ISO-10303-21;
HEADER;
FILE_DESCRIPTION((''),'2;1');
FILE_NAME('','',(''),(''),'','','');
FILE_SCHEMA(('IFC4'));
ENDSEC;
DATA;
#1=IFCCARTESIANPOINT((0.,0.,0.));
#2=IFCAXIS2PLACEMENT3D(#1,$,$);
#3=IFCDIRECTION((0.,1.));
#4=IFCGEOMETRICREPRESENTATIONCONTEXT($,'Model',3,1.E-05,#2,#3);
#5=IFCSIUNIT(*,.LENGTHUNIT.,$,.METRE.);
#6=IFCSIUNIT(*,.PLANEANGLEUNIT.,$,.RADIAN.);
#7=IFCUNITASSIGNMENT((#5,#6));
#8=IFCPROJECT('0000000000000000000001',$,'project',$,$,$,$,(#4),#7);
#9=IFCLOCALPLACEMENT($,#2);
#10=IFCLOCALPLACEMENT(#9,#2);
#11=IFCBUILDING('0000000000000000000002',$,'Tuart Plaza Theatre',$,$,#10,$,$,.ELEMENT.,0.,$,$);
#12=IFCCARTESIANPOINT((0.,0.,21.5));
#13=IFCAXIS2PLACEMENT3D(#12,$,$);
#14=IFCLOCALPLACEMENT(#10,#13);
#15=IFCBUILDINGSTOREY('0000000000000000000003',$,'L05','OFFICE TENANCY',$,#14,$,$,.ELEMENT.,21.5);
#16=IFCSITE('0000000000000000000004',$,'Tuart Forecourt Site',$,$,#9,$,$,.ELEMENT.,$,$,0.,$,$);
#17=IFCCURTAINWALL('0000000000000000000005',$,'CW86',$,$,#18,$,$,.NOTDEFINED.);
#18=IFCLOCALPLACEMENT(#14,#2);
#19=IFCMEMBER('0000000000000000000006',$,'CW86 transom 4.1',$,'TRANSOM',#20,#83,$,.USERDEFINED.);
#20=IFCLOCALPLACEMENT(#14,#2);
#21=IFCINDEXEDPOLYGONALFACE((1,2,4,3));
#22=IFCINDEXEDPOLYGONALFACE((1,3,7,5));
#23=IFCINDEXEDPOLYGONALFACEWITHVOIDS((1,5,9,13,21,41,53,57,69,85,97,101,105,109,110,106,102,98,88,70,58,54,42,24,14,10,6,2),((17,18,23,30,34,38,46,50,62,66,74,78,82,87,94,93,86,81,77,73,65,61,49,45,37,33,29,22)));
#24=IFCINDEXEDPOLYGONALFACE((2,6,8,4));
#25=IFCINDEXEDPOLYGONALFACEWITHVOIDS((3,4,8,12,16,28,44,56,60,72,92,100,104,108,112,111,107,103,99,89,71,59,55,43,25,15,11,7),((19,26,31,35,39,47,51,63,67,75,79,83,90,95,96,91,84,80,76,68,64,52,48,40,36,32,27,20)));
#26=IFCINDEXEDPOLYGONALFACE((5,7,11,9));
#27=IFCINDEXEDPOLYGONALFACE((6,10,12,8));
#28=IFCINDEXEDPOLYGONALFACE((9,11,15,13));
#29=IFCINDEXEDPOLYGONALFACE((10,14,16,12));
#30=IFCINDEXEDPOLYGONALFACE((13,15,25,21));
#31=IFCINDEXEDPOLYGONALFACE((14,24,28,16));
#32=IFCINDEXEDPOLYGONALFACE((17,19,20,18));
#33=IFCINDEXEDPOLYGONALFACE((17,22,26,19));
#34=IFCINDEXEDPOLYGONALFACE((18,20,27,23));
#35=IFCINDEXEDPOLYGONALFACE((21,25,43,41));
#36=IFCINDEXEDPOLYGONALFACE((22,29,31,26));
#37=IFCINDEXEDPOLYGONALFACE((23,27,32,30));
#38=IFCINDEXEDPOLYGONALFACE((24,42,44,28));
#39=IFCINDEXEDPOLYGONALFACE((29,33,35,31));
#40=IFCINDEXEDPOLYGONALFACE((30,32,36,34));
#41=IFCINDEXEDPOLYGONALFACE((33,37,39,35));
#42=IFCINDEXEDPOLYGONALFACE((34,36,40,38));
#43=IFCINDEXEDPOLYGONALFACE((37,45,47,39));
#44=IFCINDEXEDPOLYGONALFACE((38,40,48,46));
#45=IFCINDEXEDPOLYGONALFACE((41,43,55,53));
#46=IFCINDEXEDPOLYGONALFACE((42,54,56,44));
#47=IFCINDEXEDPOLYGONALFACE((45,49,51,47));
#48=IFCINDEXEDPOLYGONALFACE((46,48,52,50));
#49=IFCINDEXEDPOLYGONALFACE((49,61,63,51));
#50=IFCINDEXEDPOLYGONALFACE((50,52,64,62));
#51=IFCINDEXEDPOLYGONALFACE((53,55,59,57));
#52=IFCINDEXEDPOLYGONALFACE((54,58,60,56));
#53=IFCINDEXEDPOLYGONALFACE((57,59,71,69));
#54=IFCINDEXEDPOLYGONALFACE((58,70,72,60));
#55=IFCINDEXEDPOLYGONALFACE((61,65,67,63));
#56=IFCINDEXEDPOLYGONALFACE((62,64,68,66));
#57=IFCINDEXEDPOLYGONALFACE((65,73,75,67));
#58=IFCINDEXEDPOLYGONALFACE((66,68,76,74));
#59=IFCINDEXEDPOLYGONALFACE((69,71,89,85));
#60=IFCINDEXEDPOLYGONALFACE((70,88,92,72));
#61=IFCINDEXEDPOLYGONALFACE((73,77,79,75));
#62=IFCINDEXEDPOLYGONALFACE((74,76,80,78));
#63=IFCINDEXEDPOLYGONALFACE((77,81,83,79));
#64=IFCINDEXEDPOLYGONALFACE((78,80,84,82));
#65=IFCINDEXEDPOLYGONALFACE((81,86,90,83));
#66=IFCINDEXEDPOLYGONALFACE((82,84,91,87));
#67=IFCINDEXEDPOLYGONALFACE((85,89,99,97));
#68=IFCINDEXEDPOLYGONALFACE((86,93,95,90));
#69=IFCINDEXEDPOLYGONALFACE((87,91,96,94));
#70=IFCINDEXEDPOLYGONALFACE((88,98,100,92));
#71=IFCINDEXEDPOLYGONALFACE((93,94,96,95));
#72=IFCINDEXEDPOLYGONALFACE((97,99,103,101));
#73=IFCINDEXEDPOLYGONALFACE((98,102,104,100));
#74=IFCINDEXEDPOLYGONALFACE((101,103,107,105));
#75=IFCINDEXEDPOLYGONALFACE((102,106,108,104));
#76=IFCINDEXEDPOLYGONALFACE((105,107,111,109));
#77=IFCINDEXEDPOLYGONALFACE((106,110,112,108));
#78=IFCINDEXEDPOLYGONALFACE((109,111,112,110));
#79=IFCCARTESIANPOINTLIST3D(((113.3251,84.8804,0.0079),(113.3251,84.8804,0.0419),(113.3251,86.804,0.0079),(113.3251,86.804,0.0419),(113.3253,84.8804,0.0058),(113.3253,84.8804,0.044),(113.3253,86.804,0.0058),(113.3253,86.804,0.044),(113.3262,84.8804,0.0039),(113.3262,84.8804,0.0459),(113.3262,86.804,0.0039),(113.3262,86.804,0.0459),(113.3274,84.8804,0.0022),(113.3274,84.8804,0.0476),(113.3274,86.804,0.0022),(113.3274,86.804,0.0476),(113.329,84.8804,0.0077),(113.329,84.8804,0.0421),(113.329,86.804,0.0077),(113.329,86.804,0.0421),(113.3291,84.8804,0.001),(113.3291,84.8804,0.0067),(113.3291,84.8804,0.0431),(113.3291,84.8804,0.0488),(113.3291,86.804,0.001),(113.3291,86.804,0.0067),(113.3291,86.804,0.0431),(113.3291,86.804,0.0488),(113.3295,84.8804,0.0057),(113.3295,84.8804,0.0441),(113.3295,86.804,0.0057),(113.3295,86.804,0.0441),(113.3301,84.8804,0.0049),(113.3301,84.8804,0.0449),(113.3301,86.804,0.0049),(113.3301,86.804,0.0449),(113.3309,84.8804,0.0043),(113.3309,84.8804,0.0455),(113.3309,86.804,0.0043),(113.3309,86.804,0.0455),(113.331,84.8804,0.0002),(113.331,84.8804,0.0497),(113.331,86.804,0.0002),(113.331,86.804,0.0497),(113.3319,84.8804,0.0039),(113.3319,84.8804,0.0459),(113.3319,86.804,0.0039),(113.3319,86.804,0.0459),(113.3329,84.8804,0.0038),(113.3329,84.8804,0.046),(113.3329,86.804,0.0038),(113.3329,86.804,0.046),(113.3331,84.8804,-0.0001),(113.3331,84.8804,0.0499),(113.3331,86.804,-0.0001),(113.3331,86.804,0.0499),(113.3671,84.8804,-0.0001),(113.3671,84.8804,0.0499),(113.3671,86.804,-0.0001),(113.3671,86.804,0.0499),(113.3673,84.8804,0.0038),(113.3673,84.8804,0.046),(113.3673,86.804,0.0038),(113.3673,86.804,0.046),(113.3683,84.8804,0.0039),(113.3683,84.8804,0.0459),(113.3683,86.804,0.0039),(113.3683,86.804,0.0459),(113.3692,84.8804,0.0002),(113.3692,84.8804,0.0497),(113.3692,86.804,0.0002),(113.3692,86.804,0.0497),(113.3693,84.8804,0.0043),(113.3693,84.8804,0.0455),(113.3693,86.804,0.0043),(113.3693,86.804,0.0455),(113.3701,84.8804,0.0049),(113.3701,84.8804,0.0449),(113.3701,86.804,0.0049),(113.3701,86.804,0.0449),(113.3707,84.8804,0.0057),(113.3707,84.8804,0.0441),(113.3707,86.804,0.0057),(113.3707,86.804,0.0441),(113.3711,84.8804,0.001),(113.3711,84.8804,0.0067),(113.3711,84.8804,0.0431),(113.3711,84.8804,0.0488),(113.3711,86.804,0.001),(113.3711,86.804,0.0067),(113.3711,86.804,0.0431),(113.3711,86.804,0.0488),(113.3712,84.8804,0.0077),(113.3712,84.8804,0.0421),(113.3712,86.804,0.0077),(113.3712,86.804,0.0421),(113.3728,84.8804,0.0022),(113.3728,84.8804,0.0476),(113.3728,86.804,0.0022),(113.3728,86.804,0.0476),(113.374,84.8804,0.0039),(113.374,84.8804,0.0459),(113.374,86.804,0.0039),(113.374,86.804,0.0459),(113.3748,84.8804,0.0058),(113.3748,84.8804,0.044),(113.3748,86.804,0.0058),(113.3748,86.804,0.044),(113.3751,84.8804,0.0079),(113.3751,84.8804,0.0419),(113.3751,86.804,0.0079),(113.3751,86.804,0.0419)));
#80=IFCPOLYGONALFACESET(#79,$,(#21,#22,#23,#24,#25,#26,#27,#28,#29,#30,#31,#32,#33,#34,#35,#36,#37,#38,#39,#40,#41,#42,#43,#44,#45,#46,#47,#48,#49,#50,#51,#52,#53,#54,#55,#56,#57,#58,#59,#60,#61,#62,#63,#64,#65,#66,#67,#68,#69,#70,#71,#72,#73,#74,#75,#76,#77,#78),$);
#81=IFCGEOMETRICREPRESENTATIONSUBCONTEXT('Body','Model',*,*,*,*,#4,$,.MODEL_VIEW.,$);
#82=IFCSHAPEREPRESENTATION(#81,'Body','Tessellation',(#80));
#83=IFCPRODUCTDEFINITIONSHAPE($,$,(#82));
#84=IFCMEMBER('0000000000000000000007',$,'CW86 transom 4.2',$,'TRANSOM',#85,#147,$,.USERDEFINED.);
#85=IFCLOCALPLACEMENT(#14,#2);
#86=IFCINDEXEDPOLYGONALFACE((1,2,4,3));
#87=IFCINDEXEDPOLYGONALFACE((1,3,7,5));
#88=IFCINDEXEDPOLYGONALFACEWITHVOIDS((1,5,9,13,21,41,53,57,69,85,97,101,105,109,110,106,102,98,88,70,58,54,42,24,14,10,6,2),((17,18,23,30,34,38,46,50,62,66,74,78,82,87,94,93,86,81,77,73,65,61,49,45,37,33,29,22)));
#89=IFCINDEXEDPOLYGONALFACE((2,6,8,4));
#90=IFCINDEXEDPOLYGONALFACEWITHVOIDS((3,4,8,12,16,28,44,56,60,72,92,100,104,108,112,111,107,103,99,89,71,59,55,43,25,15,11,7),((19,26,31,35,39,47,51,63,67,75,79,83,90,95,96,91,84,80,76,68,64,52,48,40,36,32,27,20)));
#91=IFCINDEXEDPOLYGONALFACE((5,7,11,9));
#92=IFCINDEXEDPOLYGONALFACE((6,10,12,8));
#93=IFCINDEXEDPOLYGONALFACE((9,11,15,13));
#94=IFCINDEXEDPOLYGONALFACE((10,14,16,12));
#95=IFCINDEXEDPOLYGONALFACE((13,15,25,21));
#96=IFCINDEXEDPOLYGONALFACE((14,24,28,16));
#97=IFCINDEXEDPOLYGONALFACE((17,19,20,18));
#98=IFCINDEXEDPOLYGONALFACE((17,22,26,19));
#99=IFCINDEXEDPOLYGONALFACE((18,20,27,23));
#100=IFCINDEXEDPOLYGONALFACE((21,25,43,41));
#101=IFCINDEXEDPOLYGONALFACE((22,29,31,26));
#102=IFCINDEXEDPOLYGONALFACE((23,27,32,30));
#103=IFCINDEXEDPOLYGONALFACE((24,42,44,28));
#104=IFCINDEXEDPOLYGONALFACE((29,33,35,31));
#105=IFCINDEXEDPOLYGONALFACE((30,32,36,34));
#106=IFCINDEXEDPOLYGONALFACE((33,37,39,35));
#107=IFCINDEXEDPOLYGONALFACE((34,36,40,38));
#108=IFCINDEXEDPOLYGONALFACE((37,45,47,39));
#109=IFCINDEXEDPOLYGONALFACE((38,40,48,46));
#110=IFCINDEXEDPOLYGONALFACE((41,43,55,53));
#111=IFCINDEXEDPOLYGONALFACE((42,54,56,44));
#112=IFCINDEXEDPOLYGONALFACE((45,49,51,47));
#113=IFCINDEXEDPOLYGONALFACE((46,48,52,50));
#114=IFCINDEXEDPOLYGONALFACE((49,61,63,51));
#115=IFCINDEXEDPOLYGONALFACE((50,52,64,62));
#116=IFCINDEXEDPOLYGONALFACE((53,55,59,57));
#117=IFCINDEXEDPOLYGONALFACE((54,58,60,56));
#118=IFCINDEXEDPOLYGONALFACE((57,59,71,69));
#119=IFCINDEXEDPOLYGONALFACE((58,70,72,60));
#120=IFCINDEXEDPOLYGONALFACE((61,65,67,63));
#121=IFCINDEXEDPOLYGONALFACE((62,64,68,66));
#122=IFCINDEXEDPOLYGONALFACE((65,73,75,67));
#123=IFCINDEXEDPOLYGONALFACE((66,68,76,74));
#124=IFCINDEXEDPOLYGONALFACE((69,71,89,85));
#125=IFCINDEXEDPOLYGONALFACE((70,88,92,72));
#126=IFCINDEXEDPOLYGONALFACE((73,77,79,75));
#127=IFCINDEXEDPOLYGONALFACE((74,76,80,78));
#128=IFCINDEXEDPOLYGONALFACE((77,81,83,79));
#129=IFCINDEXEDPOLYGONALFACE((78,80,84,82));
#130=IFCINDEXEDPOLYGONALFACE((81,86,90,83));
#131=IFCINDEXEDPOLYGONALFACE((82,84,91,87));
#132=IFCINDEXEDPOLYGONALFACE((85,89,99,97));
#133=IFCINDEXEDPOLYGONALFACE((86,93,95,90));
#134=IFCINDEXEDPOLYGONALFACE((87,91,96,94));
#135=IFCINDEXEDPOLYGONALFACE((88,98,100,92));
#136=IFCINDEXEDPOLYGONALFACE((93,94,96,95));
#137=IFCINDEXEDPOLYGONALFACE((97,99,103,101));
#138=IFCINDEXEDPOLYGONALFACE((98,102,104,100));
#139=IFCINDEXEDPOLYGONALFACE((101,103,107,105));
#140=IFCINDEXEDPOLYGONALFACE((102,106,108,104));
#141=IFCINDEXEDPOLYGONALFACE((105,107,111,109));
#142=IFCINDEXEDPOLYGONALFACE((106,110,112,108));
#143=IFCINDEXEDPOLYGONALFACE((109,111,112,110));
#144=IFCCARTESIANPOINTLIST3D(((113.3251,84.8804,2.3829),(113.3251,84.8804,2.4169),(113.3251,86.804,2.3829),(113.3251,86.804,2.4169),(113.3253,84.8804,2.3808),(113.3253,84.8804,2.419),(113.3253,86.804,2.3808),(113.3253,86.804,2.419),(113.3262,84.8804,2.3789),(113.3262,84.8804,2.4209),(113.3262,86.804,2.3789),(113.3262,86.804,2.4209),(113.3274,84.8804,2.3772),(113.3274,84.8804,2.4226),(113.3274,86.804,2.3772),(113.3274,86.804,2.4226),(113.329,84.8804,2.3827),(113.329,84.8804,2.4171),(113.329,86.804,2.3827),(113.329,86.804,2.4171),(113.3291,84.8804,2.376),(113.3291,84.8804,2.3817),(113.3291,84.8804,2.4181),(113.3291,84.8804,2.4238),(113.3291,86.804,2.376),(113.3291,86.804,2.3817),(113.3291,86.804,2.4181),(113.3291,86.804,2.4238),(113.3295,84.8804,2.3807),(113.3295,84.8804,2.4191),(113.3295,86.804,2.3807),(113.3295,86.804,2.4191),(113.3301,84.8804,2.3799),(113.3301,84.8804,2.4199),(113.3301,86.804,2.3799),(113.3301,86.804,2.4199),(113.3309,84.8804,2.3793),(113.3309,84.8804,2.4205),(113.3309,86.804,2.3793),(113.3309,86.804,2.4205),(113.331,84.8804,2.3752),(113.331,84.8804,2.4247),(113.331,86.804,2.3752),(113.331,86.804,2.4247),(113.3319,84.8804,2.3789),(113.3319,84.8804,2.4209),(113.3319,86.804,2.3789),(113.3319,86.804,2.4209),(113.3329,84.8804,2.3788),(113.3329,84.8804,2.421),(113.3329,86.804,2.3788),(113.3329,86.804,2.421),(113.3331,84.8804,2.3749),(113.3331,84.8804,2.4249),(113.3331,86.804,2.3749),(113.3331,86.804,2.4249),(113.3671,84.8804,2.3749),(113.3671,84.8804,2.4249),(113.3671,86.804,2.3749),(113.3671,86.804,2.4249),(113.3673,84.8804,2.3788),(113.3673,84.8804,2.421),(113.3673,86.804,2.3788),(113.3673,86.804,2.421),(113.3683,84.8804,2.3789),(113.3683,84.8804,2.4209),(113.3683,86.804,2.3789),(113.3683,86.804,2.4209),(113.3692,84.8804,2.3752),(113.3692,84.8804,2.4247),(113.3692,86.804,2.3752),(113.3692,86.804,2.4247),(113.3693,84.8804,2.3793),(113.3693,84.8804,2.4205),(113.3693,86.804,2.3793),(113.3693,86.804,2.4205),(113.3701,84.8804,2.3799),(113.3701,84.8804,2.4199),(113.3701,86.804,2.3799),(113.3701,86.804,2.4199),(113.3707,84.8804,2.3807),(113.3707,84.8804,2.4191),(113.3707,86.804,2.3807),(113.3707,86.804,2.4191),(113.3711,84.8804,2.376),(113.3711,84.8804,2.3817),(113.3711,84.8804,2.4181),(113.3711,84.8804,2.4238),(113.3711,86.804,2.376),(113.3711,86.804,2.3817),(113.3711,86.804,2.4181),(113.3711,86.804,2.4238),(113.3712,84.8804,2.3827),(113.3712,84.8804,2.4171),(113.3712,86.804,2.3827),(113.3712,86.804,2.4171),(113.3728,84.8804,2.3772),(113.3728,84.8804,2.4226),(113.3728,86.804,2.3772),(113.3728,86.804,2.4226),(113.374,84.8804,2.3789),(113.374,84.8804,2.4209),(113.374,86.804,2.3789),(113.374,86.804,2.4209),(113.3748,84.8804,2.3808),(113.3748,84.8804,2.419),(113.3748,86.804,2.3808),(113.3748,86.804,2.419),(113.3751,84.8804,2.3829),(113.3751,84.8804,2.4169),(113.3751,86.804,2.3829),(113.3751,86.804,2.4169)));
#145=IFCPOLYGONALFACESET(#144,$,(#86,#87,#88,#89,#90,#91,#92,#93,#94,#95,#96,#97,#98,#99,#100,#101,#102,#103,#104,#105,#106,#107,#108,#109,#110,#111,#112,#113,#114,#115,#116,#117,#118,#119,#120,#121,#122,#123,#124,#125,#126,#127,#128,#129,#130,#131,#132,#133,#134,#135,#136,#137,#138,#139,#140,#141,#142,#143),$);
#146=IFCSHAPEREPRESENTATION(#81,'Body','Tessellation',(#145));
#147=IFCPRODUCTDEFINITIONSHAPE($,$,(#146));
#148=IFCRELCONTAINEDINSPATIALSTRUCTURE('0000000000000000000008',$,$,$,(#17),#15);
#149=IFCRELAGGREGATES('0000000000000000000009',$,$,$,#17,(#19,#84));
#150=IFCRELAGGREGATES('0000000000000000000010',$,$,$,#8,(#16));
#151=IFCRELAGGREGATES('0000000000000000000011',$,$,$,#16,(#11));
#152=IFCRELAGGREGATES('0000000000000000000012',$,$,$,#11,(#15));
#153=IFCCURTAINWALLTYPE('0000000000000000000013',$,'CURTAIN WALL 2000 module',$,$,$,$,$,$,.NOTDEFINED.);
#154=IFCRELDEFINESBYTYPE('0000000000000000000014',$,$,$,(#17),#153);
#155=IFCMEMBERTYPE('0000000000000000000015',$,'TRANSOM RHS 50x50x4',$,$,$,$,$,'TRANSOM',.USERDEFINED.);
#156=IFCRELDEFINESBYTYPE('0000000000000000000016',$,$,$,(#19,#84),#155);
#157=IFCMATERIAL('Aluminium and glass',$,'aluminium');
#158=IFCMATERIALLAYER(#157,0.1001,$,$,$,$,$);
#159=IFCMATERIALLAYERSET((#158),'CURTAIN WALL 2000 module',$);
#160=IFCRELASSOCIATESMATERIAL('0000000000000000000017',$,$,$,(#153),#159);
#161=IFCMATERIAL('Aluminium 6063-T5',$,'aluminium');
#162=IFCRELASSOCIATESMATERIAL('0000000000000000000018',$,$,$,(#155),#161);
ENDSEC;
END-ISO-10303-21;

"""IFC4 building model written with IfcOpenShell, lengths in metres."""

from ifc_helpers import new_model, si_unit, direction, frame, origin, origin_2d, place, context, subcontext, project, spatial, hollow_rectangle, extrude, material, layer, layer_set, material_profile, profile_set, type_object, element, aggregate, save


model = new_model("IFC4")

# Units and contexts
model_context = context("Model", 3, precision=1e-05, world=origin(), true_north=direction((0.0, 1.0)))
body_context = subcontext(model_context, "Body", "Model", "MODEL_VIEW")
ifc_project = project(units=[si_unit("LENGTHUNIT", "METRE"), si_unit("PLANEANGLEUNIT", "RADIAN")], contexts=[model_context])

# Site, building, storey
site_placement = place(None, origin())
site = spatial("IfcSite", under=ifc_project, at=site_placement, Name="Tuart Forecourt Site", CompositionType="ELEMENT", RefElevation=0.0)
building_placement = place(site_placement, origin())
building = spatial("IfcBuilding", under=site, at=building_placement, Name="Tuart Plaza Theatre", CompositionType="ELEMENT", ElevationOfRefHeight=0.0)
storey_placement = place(building_placement, frame((0.0, 0.0, 21.5)))
storey = spatial("IfcBuildingStorey", under=building, at=storey_placement, Name="L05", Description="OFFICE TENANCY", CompositionType="ELEMENT", Elevation=21.5)

# Curtain wall, members
ifc_material_1 = material(Name="Aluminium and glass", Category="aluminium")
ifc_layer_1 = layer(ifc_material_1, 0.1001)
ifc_layer_set_1 = layer_set([ifc_layer_1], Name="CURTAIN WALL 2000 module")
curtain_wall_type = type_object("IfcCurtainWallType", Name="CURTAIN WALL 2000 module", PredefinedType="NOTDEFINED", material=ifc_layer_set_1)
curtain_wall_placement = place(storey_placement, origin())
curtain_wall = element("IfcCurtainWall", 1, at=curtain_wall_placement, inside=storey, type_object=curtain_wall_type, Name="CW86", PredefinedType="NOTDEFINED")
ifc_material_2 = material(Name="Aluminium 6063-T5", Category="aluminium")
ifc_material_profile_1 = material_profile(ifc_material_2, hollow_rectangle(XDim=0.05, YDim=0.05, WallThickness=0.0039, InnerFilletRadius=0.0039, OuterFilletRadius=0.0081, at=origin_2d()), Name="RHS 50x50x4")
ifc_profile_set_1 = profile_set([ifc_material_profile_1], Name="Aluminium 6063-T5")
member_type_1 = type_object("IfcMemberType", Name="TRANSOM RHS 50x50x4", ElementType="TRANSOM", PredefinedType="USERDEFINED", material=ifc_profile_set_1)
member_1_placement = place(storey_placement, frame((113.3501, 86.804, 0.0249), z_axis=(0.0, -1.0, 0.0), x_axis=(1.0, 0.0, 0.0)))
member_1 = element("IfcMember", 2, at=member_1_placement, type_object=member_type_1, Name="CW86 transom 4.1", ObjectType="TRANSOM", PredefinedType="USERDEFINED", context=body_context, shape_type="SweptSolid", body=[
    extrude(hollow_rectangle(XDim=0.05, YDim=0.05, WallThickness=0.0039, InnerFilletRadius=0.0039, OuterFilletRadius=0.0081, at=origin_2d()), origin(), (0.0, 0.0, 1.0), 1.9236),
])
member_2_placement = place(storey_placement, frame((113.3501, 86.804, 2.3999), z_axis=(0.0, -1.0, 0.0), x_axis=(1.0, 0.0, 0.0)))
member_2 = element("IfcMember", 3, at=member_2_placement, type_object=member_type_1, Name="CW86 transom 4.2", ObjectType="TRANSOM", PredefinedType="USERDEFINED", context=body_context, shape_type="SweptSolid", body=[
    extrude(hollow_rectangle(XDim=0.05, YDim=0.05, WallThickness=0.0039, InnerFilletRadius=0.0039, OuterFilletRadius=0.0081, at=origin_2d()), origin(), (0.0, 0.0, 1.0), 1.9236),
])
aggregate(curtain_wall, [member_1, member_2])

save(model, "model.ifc")
